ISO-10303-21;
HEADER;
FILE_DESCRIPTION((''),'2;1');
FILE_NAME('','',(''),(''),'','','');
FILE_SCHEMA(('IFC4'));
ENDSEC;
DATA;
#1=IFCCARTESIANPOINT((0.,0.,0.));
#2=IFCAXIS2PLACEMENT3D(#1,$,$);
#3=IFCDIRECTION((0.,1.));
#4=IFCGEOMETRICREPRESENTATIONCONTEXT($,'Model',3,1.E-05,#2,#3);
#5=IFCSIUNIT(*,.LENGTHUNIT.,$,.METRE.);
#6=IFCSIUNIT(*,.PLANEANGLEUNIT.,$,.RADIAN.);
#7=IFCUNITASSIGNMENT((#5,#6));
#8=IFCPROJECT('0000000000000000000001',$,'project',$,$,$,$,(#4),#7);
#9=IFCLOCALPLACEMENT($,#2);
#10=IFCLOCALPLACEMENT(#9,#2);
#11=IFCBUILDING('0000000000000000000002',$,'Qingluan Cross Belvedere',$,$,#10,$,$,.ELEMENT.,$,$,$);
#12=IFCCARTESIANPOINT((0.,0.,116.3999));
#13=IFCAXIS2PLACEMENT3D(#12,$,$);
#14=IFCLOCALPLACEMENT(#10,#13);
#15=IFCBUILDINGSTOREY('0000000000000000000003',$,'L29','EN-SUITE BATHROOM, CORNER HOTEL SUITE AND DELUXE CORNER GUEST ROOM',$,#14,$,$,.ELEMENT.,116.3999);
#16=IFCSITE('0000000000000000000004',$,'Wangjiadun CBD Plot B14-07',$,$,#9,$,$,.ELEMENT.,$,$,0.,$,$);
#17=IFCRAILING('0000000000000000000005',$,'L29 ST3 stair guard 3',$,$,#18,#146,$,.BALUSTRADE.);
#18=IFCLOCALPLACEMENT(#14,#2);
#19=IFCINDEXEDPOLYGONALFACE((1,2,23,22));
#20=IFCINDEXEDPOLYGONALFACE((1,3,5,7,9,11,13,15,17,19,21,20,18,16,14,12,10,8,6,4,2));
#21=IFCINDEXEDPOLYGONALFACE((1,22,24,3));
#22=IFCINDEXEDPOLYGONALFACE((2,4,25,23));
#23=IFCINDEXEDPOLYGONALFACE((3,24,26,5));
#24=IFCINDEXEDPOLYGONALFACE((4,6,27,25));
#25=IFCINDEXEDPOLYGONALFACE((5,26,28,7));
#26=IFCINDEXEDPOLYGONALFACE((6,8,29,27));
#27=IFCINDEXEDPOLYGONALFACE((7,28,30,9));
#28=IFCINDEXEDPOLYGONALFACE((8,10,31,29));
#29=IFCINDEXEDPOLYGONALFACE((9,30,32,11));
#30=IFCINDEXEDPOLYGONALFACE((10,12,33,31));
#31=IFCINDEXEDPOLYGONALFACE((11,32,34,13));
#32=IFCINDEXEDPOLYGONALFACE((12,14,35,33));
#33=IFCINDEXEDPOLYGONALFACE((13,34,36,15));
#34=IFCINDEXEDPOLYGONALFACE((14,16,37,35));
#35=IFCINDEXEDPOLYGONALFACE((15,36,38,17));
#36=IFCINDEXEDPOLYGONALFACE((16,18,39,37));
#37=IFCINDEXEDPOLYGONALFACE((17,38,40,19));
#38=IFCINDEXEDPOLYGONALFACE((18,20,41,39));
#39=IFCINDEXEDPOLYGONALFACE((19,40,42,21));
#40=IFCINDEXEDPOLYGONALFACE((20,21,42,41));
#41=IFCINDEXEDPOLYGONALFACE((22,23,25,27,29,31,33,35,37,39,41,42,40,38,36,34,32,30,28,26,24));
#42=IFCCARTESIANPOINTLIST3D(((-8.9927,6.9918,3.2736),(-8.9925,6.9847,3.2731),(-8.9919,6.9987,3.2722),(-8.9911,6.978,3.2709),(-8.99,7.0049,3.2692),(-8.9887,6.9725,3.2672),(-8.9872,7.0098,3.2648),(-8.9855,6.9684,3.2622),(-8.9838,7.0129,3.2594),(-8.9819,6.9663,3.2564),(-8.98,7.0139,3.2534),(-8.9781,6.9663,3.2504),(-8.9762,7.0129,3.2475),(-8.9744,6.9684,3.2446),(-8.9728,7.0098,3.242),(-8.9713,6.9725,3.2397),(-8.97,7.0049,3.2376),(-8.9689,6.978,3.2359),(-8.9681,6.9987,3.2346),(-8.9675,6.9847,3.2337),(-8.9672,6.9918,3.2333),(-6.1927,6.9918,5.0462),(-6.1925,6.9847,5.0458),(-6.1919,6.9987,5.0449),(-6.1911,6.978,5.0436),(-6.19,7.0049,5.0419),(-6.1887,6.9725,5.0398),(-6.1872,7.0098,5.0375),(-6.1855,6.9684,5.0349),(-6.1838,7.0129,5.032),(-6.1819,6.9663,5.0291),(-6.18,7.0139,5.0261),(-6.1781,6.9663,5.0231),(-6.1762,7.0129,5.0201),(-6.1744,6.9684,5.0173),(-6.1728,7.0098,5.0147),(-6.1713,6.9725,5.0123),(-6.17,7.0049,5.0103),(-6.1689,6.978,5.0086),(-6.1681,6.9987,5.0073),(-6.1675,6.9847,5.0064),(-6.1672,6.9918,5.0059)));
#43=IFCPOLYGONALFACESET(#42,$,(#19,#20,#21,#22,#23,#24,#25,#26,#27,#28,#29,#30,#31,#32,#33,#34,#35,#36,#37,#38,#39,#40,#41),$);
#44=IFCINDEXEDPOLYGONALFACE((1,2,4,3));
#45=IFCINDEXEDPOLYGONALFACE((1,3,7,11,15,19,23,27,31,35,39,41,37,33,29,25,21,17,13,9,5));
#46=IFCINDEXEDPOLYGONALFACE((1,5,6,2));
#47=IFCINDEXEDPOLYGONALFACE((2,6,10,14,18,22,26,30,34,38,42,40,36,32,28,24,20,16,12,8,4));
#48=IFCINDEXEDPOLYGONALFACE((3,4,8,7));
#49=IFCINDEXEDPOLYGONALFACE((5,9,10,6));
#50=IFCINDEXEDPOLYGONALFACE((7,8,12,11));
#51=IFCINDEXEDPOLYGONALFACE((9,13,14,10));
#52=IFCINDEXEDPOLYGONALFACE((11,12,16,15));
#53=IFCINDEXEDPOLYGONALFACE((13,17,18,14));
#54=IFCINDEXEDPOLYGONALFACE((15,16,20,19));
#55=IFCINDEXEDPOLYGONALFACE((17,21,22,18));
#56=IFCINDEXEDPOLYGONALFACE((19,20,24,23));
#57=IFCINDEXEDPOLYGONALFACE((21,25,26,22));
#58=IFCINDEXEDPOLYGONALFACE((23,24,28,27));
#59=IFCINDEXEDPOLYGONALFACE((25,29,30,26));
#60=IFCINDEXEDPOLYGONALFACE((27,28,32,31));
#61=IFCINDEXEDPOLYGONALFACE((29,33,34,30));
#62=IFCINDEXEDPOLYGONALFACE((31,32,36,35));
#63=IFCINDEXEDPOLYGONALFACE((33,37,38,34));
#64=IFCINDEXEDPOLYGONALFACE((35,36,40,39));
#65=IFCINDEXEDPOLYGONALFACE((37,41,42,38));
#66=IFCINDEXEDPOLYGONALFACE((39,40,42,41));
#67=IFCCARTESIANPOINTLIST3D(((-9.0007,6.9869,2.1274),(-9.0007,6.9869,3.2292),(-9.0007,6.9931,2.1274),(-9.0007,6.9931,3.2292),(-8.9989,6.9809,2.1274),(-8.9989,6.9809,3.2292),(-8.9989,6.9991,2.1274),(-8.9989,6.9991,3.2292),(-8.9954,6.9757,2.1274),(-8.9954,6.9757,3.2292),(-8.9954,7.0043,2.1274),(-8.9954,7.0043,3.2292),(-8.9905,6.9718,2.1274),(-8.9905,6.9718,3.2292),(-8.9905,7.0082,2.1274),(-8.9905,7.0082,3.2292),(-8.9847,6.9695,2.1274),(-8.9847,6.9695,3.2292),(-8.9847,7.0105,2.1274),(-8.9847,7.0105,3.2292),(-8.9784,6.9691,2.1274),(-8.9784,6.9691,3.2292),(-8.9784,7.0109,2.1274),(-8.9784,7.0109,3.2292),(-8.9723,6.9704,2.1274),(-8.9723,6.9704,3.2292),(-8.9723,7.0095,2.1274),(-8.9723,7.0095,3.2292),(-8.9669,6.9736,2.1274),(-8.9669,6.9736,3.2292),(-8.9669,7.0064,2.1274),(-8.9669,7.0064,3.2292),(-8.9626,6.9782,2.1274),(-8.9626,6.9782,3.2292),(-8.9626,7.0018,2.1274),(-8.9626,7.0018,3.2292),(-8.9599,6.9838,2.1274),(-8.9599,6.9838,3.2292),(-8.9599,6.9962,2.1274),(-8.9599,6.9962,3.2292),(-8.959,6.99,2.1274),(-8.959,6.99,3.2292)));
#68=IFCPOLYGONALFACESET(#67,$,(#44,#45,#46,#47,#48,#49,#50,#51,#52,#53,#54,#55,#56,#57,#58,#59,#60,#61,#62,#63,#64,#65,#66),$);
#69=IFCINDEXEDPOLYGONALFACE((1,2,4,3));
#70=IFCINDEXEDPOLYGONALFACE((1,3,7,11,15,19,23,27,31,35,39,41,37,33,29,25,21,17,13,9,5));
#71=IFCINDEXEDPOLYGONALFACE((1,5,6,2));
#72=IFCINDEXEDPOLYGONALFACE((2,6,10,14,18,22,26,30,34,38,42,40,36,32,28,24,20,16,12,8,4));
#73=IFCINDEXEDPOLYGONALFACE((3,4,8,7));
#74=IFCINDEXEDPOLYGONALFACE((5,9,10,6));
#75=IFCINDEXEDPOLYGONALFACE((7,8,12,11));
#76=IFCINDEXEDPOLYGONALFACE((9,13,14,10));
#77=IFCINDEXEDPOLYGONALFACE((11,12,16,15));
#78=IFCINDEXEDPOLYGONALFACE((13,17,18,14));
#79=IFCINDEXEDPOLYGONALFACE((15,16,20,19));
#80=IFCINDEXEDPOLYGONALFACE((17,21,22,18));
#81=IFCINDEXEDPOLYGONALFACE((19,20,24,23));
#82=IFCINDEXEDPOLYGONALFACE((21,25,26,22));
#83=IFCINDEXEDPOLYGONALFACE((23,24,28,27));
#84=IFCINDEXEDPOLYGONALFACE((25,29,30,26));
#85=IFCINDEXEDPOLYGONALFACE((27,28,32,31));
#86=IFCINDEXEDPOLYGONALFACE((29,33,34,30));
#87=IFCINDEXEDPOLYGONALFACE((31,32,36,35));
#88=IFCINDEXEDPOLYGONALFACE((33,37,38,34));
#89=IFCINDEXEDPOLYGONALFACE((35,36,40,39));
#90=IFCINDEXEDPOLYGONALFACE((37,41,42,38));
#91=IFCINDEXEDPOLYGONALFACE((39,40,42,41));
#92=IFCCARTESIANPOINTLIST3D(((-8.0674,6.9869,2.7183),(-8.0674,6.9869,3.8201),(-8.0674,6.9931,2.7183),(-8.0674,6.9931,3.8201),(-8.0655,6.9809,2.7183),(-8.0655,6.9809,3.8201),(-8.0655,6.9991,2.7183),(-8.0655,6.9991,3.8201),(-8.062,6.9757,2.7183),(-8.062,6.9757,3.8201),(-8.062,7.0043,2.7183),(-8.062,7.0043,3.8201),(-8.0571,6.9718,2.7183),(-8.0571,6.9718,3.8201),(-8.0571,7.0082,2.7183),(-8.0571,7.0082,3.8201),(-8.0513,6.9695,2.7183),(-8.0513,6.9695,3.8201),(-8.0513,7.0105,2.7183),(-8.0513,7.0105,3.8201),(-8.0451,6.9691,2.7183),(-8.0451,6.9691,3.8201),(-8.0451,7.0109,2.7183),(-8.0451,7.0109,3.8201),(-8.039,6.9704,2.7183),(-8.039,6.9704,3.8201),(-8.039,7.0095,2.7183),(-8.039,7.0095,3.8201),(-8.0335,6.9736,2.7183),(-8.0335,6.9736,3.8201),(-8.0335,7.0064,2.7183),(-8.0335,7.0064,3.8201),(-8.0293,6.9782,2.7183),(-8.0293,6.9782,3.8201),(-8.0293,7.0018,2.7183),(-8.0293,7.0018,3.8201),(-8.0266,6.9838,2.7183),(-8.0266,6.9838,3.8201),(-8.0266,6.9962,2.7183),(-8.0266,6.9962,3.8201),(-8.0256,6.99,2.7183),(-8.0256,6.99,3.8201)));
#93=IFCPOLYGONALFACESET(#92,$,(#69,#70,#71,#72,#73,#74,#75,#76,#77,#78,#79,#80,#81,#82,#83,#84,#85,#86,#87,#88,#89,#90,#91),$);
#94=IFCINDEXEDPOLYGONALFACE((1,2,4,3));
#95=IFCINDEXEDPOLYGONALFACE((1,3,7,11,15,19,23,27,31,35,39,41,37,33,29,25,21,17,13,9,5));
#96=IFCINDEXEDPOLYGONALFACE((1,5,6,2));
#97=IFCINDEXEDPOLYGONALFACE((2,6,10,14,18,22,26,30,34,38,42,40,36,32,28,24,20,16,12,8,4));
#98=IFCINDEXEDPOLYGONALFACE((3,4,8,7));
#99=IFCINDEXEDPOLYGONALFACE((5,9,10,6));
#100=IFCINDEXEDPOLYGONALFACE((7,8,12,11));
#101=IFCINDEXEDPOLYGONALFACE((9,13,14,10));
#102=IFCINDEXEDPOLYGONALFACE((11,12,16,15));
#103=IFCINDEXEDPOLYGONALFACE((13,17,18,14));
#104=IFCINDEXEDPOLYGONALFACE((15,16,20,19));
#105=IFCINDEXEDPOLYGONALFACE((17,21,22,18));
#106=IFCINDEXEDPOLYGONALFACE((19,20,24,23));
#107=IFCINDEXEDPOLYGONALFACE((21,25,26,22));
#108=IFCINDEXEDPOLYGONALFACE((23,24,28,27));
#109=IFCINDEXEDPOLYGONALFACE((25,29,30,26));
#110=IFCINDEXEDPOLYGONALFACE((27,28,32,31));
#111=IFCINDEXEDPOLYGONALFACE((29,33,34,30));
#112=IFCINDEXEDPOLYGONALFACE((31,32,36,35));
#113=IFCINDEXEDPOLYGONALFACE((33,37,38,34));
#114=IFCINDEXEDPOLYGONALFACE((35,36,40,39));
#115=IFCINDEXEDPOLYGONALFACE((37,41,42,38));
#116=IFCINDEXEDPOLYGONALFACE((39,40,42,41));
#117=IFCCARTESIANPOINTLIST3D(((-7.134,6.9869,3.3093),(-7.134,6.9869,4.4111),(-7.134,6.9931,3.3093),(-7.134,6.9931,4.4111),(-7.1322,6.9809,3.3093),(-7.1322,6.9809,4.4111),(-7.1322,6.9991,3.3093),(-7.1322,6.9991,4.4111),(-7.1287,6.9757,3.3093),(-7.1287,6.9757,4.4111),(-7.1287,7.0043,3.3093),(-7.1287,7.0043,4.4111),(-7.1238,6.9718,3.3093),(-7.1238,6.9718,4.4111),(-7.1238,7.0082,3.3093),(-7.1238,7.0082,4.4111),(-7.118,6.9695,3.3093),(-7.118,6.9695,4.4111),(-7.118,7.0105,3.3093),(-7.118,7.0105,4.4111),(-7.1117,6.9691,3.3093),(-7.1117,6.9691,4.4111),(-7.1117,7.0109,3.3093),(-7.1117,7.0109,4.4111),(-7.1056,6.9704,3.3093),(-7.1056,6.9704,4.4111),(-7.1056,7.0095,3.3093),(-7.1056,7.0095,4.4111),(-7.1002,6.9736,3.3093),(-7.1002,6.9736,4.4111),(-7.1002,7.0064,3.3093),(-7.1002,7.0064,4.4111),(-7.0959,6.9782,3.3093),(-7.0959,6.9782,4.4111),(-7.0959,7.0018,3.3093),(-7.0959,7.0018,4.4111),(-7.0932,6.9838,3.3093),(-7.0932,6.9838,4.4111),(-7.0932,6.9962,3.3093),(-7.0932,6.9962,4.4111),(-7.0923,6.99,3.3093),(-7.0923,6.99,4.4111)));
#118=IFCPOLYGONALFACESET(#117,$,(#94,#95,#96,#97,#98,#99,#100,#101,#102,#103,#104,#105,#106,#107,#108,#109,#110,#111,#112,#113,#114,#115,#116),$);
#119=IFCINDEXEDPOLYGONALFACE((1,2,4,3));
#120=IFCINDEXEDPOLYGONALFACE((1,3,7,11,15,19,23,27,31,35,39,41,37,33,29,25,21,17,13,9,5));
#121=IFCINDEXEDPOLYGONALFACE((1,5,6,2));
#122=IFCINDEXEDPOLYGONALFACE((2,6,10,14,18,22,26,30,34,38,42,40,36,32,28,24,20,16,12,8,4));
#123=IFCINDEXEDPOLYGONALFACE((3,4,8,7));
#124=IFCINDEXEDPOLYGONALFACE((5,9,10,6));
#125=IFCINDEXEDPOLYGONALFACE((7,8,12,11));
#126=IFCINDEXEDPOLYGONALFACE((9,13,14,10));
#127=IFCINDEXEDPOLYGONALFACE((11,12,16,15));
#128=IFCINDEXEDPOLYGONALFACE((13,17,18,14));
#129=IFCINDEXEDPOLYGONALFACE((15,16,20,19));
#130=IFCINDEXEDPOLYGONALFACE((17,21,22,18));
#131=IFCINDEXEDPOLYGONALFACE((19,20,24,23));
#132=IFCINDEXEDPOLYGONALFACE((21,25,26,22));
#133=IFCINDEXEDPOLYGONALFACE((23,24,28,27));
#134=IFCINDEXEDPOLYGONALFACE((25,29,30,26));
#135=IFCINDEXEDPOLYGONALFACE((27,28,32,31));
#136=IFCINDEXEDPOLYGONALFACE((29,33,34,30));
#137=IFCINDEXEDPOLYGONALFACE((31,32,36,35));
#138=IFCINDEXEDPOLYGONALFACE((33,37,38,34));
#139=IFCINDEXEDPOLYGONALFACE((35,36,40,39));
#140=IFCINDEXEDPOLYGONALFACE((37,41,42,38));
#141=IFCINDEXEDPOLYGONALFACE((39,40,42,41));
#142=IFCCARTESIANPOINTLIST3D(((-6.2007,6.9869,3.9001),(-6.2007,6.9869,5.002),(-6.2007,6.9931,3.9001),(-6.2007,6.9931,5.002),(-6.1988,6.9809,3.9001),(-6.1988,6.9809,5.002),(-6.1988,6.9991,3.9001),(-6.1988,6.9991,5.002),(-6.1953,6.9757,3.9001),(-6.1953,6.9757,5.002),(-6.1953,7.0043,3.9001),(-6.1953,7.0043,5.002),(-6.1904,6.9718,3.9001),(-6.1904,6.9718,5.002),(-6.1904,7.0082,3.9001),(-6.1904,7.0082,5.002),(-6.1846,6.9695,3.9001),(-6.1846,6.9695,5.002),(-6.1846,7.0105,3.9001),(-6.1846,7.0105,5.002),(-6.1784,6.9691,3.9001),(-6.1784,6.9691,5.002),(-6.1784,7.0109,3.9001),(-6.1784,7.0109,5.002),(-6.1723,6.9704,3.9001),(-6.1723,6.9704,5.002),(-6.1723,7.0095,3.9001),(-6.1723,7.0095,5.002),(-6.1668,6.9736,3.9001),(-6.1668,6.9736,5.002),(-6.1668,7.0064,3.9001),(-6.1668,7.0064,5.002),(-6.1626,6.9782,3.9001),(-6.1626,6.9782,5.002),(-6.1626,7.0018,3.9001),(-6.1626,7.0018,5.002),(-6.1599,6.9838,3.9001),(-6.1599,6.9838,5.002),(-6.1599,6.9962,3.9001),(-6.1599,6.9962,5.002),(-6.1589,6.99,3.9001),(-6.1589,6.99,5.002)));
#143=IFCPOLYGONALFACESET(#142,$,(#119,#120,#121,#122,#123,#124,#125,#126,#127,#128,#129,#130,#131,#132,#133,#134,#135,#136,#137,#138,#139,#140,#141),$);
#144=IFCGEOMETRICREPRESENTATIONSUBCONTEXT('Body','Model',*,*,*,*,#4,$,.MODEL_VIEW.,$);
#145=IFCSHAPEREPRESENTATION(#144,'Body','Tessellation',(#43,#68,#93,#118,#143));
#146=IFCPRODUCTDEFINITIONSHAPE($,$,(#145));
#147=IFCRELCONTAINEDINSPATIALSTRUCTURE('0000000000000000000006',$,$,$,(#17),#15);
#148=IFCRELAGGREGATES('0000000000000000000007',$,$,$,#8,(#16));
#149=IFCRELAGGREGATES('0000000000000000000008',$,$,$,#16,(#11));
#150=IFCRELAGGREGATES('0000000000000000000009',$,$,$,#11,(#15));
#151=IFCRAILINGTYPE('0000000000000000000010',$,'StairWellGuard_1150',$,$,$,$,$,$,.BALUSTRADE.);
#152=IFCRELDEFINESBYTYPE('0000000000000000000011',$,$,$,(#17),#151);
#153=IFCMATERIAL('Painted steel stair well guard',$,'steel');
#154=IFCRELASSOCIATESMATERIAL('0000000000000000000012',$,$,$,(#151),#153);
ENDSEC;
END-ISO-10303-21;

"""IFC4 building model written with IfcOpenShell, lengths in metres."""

from ifc_helpers import new_model, si_unit, direction, frame, origin, origin_2d, place, context, subcontext, project, spatial, circle, extrude, material, type_object, element, save


model = new_model("IFC4")

# Units and contexts
model_context = context("Model", 3, precision=1e-05, world=origin(), true_north=direction((0.0, 1.0)))
body_context = subcontext(model_context, "Body", "Model", "MODEL_VIEW")
ifc_project = project(units=[si_unit("LENGTHUNIT", "METRE"), si_unit("PLANEANGLEUNIT", "RADIAN")], contexts=[model_context])

# Site, building, storey
site_placement = place(None, origin())
site = spatial("IfcSite", under=ifc_project, at=site_placement, Name="Wangjiadun CBD Plot B14-07", CompositionType="ELEMENT", RefElevation=0.0)
building_placement = place(site_placement, origin())
building = spatial("IfcBuilding", under=site, at=building_placement, Name="Qingluan Cross Belvedere", CompositionType="ELEMENT")
storey_placement = place(building_placement, frame((0.0, 0.0, 116.3999)))
storey = spatial("IfcBuildingStorey", under=building, at=storey_placement, Name="L29", Description="EN-SUITE BATHROOM, CORNER HOTEL SUITE AND DELUXE CORNER GUEST ROOM", CompositionType="ELEMENT", Elevation=116.3999)

# Railing
ifc_material_1 = material(Name="Painted steel stair well guard", Category="steel")
railing_type_1 = type_object("IfcRailingType", Name="StairWellGuard_1150", PredefinedType="BALUSTRADE", material=ifc_material_1)
railing_1_placement = place(storey_placement, frame((-8.98, 6.99, 2.1274)))
element("IfcRailing", 1, at=railing_1_placement, inside=storey, type_object=railing_type_1, Name="L29 ST3 stair guard 3", PredefinedType="BALUSTRADE", context=body_context, shape_type="SweptSolid", body=[
    extrude(circle(Radius=0.0239, at=origin_2d()), frame((0.0, 0.0, 1.126), z_axis=(0.844909, 0.0, 0.53491), x_axis=(0.0, 1.0, 0.0)), (0.0, 0.0, 1.0), 3.314),
    extrude(circle(Radius=0.021, at=origin_2d()), origin(), (0.0, 0.0, 1.0), 1.1018),
    extrude(circle(Radius=0.021, at=origin_2d()), frame((0.9333, 0.0, 0.5908)), (0.0, 0.0, 1.0), 1.1018),
    extrude(circle(Radius=0.021, at=origin_2d()), frame((1.8667, 0.0, 1.1819)), (0.0, 0.0, 1.0), 1.1018),
    extrude(circle(Radius=0.021, at=origin_2d()), frame((2.8, 0.0, 1.7727)), (0.0, 0.0, 1.0), 1.1018),
])

save(model, "model.ifc")
